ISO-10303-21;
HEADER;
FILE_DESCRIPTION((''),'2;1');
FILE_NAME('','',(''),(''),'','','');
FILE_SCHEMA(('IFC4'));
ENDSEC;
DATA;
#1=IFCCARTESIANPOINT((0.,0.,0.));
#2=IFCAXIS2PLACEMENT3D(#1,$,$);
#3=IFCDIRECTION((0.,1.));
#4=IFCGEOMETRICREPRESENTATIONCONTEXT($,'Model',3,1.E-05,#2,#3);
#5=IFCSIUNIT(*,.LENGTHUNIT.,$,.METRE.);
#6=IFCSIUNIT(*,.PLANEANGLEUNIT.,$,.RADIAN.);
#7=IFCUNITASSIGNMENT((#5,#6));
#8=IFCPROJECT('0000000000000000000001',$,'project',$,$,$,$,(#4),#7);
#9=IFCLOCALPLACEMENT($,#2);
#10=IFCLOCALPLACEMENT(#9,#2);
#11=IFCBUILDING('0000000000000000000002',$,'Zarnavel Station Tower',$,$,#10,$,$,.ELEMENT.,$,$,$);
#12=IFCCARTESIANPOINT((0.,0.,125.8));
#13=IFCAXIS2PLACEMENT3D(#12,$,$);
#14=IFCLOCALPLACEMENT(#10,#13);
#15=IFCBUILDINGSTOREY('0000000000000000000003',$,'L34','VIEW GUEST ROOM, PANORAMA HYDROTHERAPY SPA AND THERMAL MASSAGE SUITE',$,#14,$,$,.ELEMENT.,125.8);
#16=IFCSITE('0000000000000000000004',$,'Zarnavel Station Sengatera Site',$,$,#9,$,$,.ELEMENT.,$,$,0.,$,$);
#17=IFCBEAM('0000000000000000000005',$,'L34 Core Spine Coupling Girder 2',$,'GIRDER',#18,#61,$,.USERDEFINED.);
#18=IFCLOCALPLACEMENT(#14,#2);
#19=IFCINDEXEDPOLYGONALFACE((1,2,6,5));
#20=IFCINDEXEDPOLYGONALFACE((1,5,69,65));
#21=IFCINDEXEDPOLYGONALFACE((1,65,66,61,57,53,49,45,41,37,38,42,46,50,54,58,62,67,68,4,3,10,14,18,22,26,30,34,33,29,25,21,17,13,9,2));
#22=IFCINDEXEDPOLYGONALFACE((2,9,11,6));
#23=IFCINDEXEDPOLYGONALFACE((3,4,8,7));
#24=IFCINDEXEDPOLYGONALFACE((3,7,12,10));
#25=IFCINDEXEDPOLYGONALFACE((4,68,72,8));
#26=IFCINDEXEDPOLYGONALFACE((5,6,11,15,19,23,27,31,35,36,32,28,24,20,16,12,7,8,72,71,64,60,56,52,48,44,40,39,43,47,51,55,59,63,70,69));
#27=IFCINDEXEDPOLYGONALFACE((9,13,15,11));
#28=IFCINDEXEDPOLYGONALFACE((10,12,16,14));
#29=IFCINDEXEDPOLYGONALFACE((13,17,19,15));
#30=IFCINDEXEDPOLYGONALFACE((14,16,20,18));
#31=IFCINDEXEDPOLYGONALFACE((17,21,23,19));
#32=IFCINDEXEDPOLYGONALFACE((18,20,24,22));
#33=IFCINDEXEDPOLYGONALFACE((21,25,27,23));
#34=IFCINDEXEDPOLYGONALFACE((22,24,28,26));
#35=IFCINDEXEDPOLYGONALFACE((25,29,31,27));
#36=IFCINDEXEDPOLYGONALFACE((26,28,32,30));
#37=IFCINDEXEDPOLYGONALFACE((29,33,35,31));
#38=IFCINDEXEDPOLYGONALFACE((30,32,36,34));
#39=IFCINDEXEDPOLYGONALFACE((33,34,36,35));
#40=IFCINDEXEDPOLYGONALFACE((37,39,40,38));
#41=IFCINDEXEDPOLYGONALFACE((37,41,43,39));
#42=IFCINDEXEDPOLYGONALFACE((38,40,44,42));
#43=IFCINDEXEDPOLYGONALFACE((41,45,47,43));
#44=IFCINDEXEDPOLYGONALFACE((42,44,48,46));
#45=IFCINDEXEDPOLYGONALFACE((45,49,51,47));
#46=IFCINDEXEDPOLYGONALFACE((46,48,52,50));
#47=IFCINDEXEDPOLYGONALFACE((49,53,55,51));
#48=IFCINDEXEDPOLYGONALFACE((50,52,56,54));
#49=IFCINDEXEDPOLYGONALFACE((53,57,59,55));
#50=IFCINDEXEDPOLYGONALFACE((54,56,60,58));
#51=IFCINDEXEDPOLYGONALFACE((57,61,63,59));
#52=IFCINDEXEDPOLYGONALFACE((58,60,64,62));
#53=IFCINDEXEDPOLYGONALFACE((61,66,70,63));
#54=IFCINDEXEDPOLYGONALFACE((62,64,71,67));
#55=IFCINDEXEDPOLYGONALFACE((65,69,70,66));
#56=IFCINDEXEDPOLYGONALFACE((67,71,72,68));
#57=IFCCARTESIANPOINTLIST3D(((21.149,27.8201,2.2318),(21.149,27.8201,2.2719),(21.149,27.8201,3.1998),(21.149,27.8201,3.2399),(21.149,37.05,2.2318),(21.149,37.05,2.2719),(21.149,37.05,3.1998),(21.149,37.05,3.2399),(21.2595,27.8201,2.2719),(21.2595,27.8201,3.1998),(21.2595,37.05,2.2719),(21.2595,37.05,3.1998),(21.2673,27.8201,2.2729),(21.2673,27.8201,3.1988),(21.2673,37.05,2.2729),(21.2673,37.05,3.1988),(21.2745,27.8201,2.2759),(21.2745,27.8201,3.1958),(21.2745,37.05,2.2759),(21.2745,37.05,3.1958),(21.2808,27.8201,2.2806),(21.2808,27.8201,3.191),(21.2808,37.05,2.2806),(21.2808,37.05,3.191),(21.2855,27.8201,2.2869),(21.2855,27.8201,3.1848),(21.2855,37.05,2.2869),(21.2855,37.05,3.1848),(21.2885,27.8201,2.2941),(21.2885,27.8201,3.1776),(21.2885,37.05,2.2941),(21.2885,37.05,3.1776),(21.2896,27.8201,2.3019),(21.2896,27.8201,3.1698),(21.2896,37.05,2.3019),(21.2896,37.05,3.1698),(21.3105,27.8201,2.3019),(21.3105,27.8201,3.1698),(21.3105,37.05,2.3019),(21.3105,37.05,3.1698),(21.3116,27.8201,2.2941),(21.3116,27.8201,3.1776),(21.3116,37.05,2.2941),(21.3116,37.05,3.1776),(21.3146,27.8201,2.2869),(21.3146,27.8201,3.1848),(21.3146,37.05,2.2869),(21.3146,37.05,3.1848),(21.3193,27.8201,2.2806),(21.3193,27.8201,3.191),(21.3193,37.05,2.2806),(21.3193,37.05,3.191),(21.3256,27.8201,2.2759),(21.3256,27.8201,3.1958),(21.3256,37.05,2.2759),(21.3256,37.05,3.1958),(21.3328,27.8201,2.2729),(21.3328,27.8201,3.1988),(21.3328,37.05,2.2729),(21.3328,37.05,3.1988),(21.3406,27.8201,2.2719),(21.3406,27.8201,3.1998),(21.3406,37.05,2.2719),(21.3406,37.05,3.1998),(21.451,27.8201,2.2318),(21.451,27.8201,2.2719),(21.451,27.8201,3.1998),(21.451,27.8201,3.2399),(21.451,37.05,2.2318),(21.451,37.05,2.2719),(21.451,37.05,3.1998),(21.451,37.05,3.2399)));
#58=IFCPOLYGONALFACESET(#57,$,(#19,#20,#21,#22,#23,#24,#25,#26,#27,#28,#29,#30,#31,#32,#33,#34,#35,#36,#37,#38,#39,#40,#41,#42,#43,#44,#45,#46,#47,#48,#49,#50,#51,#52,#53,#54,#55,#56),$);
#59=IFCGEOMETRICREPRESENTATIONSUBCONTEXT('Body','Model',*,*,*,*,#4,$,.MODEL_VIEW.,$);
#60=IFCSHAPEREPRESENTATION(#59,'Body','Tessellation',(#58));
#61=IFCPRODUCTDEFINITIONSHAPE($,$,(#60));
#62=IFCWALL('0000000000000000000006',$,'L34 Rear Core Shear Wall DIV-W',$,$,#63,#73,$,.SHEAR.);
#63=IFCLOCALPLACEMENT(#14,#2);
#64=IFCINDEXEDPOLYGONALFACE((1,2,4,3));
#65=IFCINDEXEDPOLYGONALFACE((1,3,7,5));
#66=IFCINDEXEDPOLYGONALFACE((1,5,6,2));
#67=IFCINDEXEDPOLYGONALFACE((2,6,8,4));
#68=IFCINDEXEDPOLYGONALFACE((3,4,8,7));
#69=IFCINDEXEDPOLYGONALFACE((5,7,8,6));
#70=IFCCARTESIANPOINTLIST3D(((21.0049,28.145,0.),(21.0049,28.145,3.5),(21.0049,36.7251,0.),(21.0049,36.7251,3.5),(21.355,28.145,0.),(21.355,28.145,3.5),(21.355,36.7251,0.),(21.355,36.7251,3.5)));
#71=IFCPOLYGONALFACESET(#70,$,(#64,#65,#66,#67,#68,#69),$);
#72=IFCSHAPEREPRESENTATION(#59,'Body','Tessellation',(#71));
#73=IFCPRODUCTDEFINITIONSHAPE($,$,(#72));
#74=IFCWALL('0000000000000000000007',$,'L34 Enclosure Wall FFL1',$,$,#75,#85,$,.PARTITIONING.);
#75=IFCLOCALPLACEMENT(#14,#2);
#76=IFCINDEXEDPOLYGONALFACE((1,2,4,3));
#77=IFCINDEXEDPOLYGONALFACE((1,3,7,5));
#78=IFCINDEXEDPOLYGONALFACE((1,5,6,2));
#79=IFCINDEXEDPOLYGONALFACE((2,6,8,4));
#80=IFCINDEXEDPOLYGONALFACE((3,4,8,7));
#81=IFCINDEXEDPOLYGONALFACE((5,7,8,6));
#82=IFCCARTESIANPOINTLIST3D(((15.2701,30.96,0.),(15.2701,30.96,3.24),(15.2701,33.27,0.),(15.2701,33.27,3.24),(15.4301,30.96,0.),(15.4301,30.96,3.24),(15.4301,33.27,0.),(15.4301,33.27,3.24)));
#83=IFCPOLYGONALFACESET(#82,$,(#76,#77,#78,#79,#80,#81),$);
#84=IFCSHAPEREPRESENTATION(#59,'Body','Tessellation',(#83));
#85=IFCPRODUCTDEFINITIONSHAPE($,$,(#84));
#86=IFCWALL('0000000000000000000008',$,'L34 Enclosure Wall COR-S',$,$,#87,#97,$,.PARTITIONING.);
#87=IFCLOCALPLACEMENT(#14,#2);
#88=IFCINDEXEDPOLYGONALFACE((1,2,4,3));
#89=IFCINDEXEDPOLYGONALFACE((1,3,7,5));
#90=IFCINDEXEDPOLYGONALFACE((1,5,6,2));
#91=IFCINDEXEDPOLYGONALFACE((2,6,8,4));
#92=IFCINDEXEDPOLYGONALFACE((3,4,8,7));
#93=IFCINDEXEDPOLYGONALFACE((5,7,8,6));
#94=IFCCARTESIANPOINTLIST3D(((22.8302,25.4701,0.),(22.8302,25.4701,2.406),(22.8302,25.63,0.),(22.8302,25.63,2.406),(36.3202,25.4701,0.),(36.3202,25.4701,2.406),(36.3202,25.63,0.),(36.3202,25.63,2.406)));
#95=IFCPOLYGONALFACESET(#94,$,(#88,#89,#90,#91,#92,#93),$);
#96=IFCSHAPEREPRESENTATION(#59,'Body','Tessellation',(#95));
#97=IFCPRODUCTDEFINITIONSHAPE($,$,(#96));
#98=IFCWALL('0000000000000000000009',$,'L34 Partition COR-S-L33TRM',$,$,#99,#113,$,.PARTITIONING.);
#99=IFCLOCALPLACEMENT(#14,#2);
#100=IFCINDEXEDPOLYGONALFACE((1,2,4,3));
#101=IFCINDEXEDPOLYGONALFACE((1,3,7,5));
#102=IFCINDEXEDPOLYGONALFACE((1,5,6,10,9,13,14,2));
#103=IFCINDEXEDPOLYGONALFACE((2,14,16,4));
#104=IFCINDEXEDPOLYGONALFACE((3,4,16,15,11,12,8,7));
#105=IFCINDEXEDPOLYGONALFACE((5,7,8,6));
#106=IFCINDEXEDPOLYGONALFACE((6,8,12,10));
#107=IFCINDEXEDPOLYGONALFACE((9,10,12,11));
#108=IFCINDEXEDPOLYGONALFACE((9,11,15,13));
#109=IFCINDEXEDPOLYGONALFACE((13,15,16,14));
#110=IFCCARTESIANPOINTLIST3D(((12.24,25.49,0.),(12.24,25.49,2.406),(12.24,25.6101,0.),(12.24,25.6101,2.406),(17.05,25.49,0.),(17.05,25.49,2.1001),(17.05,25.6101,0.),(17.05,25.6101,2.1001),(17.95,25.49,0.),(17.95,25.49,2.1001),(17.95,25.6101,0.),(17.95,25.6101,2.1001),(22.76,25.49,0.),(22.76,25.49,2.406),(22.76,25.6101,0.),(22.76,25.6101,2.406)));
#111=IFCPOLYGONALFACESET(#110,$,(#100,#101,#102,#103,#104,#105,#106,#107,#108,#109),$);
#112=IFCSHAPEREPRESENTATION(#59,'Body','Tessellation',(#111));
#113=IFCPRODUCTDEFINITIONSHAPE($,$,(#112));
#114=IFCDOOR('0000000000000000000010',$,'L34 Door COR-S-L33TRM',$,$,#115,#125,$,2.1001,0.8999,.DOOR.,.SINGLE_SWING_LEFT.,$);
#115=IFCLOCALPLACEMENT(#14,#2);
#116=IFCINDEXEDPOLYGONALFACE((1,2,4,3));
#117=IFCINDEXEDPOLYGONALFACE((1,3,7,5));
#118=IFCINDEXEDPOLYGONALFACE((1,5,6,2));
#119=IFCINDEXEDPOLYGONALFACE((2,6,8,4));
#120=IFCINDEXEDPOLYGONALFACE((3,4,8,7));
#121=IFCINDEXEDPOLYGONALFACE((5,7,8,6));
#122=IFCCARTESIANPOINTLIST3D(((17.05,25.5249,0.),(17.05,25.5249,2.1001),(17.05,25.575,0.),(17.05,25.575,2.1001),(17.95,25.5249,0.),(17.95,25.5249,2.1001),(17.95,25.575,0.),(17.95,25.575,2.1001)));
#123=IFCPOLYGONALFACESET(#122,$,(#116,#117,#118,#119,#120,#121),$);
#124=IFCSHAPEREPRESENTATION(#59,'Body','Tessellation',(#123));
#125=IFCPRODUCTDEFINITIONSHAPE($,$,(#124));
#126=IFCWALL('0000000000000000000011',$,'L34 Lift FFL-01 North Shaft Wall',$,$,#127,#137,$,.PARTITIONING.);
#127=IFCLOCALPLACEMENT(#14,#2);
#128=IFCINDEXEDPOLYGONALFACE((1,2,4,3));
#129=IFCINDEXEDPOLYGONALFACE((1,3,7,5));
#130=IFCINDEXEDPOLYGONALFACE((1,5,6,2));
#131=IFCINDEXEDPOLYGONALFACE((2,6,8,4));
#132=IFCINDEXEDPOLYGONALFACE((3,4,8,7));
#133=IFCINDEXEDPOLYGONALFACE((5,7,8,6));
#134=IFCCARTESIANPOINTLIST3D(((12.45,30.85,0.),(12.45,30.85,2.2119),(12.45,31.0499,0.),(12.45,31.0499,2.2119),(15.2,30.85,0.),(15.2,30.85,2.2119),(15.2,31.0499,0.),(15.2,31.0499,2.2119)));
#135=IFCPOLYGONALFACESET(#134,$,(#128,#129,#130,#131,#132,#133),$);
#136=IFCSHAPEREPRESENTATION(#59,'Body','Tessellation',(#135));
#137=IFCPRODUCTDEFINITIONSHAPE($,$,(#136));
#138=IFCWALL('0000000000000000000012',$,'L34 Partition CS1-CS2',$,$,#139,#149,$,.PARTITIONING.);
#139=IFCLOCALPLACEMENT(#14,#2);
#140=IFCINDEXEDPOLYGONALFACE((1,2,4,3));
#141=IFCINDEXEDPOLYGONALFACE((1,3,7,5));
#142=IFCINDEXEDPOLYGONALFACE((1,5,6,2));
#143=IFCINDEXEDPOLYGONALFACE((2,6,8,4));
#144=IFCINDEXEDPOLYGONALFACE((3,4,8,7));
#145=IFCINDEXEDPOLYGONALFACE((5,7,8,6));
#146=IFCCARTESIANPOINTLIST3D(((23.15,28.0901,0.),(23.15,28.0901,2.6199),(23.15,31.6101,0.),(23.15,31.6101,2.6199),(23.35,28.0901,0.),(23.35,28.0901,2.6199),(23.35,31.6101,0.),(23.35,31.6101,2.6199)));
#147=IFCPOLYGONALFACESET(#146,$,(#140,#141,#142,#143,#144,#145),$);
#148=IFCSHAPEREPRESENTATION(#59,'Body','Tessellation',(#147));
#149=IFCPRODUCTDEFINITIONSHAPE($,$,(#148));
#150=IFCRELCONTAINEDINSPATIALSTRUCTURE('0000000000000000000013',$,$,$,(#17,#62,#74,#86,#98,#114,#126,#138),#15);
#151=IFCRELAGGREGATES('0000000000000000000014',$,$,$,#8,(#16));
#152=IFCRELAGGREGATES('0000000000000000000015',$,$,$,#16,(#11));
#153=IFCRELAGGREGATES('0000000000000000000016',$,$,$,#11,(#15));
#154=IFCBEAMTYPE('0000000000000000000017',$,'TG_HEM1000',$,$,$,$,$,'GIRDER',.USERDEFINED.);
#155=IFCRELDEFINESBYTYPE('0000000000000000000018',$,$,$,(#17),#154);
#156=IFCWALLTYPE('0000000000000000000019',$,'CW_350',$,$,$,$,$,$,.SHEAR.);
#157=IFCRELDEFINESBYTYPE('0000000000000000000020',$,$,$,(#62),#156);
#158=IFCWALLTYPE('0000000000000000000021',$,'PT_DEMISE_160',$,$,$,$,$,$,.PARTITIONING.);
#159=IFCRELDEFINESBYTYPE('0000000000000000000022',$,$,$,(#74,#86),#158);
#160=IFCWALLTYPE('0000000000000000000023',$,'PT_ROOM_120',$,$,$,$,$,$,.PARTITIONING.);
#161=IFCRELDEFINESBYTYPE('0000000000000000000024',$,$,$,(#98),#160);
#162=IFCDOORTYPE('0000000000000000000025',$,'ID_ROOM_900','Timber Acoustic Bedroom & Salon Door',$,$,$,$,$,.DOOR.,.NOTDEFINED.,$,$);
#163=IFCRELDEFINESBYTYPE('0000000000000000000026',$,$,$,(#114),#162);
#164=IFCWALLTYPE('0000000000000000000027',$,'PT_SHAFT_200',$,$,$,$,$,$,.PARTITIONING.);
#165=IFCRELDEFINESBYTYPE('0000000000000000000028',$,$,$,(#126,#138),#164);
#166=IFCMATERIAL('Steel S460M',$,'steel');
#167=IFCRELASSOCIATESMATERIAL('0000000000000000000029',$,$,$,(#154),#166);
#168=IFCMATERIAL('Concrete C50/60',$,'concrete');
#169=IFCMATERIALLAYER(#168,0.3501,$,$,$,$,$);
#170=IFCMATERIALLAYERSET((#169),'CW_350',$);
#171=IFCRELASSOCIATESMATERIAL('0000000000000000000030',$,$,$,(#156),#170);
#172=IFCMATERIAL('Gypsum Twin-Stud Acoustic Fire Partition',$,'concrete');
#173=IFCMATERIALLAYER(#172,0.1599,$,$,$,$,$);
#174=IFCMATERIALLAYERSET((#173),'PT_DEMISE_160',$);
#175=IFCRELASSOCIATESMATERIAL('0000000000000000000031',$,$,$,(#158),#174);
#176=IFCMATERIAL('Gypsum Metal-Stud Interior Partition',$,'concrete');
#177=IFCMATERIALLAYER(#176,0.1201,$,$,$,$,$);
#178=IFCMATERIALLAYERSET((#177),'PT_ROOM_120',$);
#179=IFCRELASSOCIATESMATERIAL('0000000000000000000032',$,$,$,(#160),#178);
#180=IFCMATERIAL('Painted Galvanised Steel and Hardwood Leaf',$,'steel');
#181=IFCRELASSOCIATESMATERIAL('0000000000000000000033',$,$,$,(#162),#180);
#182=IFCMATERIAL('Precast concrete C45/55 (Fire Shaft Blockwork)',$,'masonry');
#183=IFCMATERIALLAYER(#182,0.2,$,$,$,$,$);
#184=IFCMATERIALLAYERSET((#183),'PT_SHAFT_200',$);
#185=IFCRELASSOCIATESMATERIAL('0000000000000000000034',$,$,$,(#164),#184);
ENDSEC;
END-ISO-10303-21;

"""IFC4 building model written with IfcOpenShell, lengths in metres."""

from ifc_helpers import new_model, si_unit, direction, frame, frame_2d, origin, origin_2d, place, context, subcontext, project, spatial, rectangle, i_section, extrude, material, layer, layer_set, material_profile, profile_set, type_object, element, fill, save


model = new_model("IFC4")

# Units and contexts
model_context = context("Model", 3, precision=1e-05, world=origin(), true_north=direction((0.0, 1.0)))
body_context = subcontext(model_context, "Body", "Model", "MODEL_VIEW")
ifc_project = project(units=[si_unit("LENGTHUNIT", "METRE"), si_unit("PLANEANGLEUNIT", "RADIAN")], contexts=[model_context])

# Site, building, storey
site_placement = place(None, origin())
site = spatial("IfcSite", under=ifc_project, at=site_placement, Name="Zarnavel Station Sengatera Site", CompositionType="ELEMENT", RefElevation=0.0)
building_placement = place(site_placement, origin())
building = spatial("IfcBuilding", under=site, at=building_placement, Name="Zarnavel Station Tower", CompositionType="ELEMENT")
storey_placement = place(building_placement, frame((0.0, 0.0, 125.8)))
storey = spatial("IfcBuildingStorey", under=building, at=storey_placement, Name="L34", Description="VIEW GUEST ROOM, PANORAMA HYDROTHERAPY SPA AND THERMAL MASSAGE SUITE", CompositionType="ELEMENT", Elevation=125.8)

# Beam
ifc_material_1 = material(Name="Steel S460M", Category="steel")
ifc_material_profile_1 = material_profile(ifc_material_1, i_section(OverallWidth=0.302, OverallDepth=1.0081, WebThickness=0.021, FlangeThickness=0.04, FilletRadius=0.03, at=origin_2d()), Name="HEM1000")
ifc_profile_set_1 = profile_set([ifc_material_profile_1], Name="Steel S460M")
beam_type_1 = type_object("IfcBeamType", Name="TG_HEM1000", ElementType="GIRDER", PredefinedType="USERDEFINED", material=ifc_profile_set_1)
for number, where, z_axis, x_axis, name in (
    (1, (21.3, 27.8201, 2.7358), (0.0, 1.0, 0.0), (-1.0, 0.0, 0.0), "L34 Core Spine Coupling Girder 2"),
):
    element("IfcBeam", number, at=place(storey_placement, frame(where, z_axis=z_axis, x_axis=x_axis)), inside=storey, type_object=beam_type_1, Name=name, ObjectType="GIRDER", PredefinedType="USERDEFINED", context=body_context, shape_type="SweptSolid", body=[
        extrude(i_section(OverallWidth=0.302, OverallDepth=1.0081, WebThickness=0.021, FlangeThickness=0.04, FilletRadius=0.03, at=origin_2d()), origin(), (0.0, 0.0, 1.0), 9.23),
    ])

# Wall
ifc_material_2 = material(Name="Concrete C50/60", Category="concrete")
ifc_layer_1 = layer(ifc_material_2, 0.3501)
ifc_layer_set_1 = layer_set([ifc_layer_1], Name="CW_350")
wall_type_1 = type_object("IfcWallType", Name="CW_350", PredefinedType="SHEAR", material=ifc_layer_set_1)
wall_1_placement = place(storey_placement, frame((21.1799, 28.145, 0.0), z_axis=(0.0, 0.0, 1.0), x_axis=(0.0, 1.0, 0.0)))
element("IfcWall", 2, at=wall_1_placement, inside=storey, type_object=wall_type_1, Name="L34 Rear Core Shear Wall DIV-W", PredefinedType="SHEAR", context=body_context, shape_type="SweptSolid", body=[
    extrude(rectangle(XDim=8.5801, YDim=0.3501, at=frame_2d((4.29, 0.0))), origin(), (0.0, 0.0, 1.0), 3.5),
])

# Walls
ifc_material_3 = material(Name="Gypsum Twin-Stud Acoustic Fire Partition", Category="concrete")
ifc_layer_2 = layer(ifc_material_3, 0.1599)
ifc_layer_set_2 = layer_set([ifc_layer_2], Name="PT_DEMISE_160")
wall_type_2 = type_object("IfcWallType", Name="PT_DEMISE_160", PredefinedType="PARTITIONING", material=ifc_layer_set_2)
wall_2_placement = place(storey_placement, frame((15.3501, 30.96, 0.0), z_axis=(0.0, 0.0, 1.0), x_axis=(0.0, 1.0, 0.0)))
element("IfcWall", 3, at=wall_2_placement, inside=storey, type_object=wall_type_2, Name="L34 Enclosure Wall FFL1", PredefinedType="PARTITIONING", context=body_context, shape_type="SweptSolid", body=[
    extrude(rectangle(XDim=2.3101, YDim=0.1599, at=frame_2d((1.155, 0.0))), origin(), (0.0, 0.0, 1.0), 3.24),
])
wall_3_placement = place(storey_placement, frame((22.8301, 25.55, 0.0), z_axis=(0.0, 0.0, 1.0), x_axis=(1.0, 0.0, 0.0)))
element("IfcWall", 4, at=wall_3_placement, inside=storey, type_object=wall_type_2, Name="L34 Enclosure Wall COR-S", PredefinedType="PARTITIONING", context=body_context, shape_type="SweptSolid", body=[
    extrude(rectangle(XDim=13.49, YDim=0.1599, at=frame_2d((6.7451, 0.0))), origin(), (0.0, 0.0, 1.0), 2.406),
])

# Wall, opening, door
ifc_material_4 = material(Name="Gypsum Metal-Stud Interior Partition", Category="concrete")
ifc_layer_3 = layer(ifc_material_4, 0.1201)
ifc_layer_set_3 = layer_set([ifc_layer_3], Name="PT_ROOM_120")
wall_type_3 = type_object("IfcWallType", Name="PT_ROOM_120", PredefinedType="PARTITIONING", material=ifc_layer_set_3)
wall_4_placement = place(storey_placement, frame((12.24, 25.55, 0.0), z_axis=(0.0, 0.0, 1.0), x_axis=(1.0, 0.0, 0.0)))
wall_4 = element("IfcWall", 5, at=wall_4_placement, inside=storey, type_object=wall_type_3, Name="L34 Partition COR-S-L33TRM", PredefinedType="PARTITIONING", context=body_context, shape_type="SweptSolid", body=[
    extrude(rectangle(XDim=10.52, YDim=0.1201, at=frame_2d((5.26, 0.0))), origin(), (0.0, 0.0, 1.0), 2.406),
])
opening_1_placement = place(wall_4_placement, frame((4.8101, 0.0, 0.0)))
opening_1 = element("IfcOpeningElement", 6, at=opening_1_placement, cuts=wall_4, PredefinedType="OPENING", context=body_context, shape_type="SweptSolid", body=[
    extrude(rectangle(XDim=0.8999, YDim=2.1001, at=frame_2d((0.45, 1.05))), frame((0.0, 0.0701, 0.0), z_axis=(0.0, -1.0, 0.0), x_axis=(1.0, 0.0, 0.0)), (0.0, 0.0, 1.0), 0.1401),
])
ifc_material_5 = material(Name="Painted Galvanised Steel and Hardwood Leaf", Category="steel")
door_type_1 = type_object("IfcDoorType", Name="ID_ROOM_900", Description="Timber Acoustic Bedroom & Salon Door", OperationType="NOTDEFINED", PredefinedType="DOOR", material=ifc_material_5)
door_1_placement = place(opening_1_placement, origin())
door_1 = element("IfcDoor", 7, at=door_1_placement, inside=storey, type_object=door_type_1, Name="L34 Door COR-S-L33TRM", OperationType="SINGLE_SWING_LEFT", OverallHeight=2.1001, OverallWidth=0.8999, PredefinedType="DOOR", context=body_context, shape_type="SweptSolid", body=[
    extrude(rectangle(XDim=0.8999, YDim=2.1001, at=frame_2d((0.45, 1.05))), frame((0.0, 0.0249, 0.0), z_axis=(0.0, -1.0, 0.0), x_axis=(1.0, 0.0, 0.0)), (0.0, 0.0, 1.0), 0.05),
])
fill(opening_1, door_1)
ifc_material_6 = material(Name="Precast concrete C45/55 (Fire Shaft Blockwork)", Category="masonry")
ifc_layer_4 = layer(ifc_material_6, 0.2)
ifc_layer_set_4 = layer_set([ifc_layer_4], Name="PT_SHAFT_200")
wall_type_4 = type_object("IfcWallType", Name="PT_SHAFT_200", PredefinedType="PARTITIONING", material=ifc_layer_set_4)

# Wall
wall_5_placement = place(storey_placement, frame((12.45, 30.95, 0.0), z_axis=(0.0, 0.0, 1.0), x_axis=(1.0, 0.0, 0.0)))
element("IfcWall", 8, at=wall_5_placement, inside=storey, type_object=wall_type_4, Name="L34 Lift FFL-01 North Shaft Wall", PredefinedType="PARTITIONING", context=body_context, shape_type="SweptSolid", body=[
    extrude(rectangle(XDim=2.75, YDim=0.2, at=frame_2d((1.375, 0.0))), origin(), (0.0, 0.0, 1.0), 2.2119),
])

# Wall
wall_6_placement = place(storey_placement, frame((23.25, 28.0901, 0.0), z_axis=(0.0, 0.0, 1.0), x_axis=(0.0, 1.0, 0.0)))
element("IfcWall", 9, at=wall_6_placement, inside=storey, type_object=wall_type_4, Name="L34 Partition CS1-CS2", PredefinedType="PARTITIONING", context=body_context, shape_type="SweptSolid", body=[
    extrude(rectangle(XDim=3.52, YDim=0.2, at=frame_2d((1.76, 0.0))), origin(), (0.0, 0.0, 1.0), 2.6199),
])

save(model, "model.ifc")
